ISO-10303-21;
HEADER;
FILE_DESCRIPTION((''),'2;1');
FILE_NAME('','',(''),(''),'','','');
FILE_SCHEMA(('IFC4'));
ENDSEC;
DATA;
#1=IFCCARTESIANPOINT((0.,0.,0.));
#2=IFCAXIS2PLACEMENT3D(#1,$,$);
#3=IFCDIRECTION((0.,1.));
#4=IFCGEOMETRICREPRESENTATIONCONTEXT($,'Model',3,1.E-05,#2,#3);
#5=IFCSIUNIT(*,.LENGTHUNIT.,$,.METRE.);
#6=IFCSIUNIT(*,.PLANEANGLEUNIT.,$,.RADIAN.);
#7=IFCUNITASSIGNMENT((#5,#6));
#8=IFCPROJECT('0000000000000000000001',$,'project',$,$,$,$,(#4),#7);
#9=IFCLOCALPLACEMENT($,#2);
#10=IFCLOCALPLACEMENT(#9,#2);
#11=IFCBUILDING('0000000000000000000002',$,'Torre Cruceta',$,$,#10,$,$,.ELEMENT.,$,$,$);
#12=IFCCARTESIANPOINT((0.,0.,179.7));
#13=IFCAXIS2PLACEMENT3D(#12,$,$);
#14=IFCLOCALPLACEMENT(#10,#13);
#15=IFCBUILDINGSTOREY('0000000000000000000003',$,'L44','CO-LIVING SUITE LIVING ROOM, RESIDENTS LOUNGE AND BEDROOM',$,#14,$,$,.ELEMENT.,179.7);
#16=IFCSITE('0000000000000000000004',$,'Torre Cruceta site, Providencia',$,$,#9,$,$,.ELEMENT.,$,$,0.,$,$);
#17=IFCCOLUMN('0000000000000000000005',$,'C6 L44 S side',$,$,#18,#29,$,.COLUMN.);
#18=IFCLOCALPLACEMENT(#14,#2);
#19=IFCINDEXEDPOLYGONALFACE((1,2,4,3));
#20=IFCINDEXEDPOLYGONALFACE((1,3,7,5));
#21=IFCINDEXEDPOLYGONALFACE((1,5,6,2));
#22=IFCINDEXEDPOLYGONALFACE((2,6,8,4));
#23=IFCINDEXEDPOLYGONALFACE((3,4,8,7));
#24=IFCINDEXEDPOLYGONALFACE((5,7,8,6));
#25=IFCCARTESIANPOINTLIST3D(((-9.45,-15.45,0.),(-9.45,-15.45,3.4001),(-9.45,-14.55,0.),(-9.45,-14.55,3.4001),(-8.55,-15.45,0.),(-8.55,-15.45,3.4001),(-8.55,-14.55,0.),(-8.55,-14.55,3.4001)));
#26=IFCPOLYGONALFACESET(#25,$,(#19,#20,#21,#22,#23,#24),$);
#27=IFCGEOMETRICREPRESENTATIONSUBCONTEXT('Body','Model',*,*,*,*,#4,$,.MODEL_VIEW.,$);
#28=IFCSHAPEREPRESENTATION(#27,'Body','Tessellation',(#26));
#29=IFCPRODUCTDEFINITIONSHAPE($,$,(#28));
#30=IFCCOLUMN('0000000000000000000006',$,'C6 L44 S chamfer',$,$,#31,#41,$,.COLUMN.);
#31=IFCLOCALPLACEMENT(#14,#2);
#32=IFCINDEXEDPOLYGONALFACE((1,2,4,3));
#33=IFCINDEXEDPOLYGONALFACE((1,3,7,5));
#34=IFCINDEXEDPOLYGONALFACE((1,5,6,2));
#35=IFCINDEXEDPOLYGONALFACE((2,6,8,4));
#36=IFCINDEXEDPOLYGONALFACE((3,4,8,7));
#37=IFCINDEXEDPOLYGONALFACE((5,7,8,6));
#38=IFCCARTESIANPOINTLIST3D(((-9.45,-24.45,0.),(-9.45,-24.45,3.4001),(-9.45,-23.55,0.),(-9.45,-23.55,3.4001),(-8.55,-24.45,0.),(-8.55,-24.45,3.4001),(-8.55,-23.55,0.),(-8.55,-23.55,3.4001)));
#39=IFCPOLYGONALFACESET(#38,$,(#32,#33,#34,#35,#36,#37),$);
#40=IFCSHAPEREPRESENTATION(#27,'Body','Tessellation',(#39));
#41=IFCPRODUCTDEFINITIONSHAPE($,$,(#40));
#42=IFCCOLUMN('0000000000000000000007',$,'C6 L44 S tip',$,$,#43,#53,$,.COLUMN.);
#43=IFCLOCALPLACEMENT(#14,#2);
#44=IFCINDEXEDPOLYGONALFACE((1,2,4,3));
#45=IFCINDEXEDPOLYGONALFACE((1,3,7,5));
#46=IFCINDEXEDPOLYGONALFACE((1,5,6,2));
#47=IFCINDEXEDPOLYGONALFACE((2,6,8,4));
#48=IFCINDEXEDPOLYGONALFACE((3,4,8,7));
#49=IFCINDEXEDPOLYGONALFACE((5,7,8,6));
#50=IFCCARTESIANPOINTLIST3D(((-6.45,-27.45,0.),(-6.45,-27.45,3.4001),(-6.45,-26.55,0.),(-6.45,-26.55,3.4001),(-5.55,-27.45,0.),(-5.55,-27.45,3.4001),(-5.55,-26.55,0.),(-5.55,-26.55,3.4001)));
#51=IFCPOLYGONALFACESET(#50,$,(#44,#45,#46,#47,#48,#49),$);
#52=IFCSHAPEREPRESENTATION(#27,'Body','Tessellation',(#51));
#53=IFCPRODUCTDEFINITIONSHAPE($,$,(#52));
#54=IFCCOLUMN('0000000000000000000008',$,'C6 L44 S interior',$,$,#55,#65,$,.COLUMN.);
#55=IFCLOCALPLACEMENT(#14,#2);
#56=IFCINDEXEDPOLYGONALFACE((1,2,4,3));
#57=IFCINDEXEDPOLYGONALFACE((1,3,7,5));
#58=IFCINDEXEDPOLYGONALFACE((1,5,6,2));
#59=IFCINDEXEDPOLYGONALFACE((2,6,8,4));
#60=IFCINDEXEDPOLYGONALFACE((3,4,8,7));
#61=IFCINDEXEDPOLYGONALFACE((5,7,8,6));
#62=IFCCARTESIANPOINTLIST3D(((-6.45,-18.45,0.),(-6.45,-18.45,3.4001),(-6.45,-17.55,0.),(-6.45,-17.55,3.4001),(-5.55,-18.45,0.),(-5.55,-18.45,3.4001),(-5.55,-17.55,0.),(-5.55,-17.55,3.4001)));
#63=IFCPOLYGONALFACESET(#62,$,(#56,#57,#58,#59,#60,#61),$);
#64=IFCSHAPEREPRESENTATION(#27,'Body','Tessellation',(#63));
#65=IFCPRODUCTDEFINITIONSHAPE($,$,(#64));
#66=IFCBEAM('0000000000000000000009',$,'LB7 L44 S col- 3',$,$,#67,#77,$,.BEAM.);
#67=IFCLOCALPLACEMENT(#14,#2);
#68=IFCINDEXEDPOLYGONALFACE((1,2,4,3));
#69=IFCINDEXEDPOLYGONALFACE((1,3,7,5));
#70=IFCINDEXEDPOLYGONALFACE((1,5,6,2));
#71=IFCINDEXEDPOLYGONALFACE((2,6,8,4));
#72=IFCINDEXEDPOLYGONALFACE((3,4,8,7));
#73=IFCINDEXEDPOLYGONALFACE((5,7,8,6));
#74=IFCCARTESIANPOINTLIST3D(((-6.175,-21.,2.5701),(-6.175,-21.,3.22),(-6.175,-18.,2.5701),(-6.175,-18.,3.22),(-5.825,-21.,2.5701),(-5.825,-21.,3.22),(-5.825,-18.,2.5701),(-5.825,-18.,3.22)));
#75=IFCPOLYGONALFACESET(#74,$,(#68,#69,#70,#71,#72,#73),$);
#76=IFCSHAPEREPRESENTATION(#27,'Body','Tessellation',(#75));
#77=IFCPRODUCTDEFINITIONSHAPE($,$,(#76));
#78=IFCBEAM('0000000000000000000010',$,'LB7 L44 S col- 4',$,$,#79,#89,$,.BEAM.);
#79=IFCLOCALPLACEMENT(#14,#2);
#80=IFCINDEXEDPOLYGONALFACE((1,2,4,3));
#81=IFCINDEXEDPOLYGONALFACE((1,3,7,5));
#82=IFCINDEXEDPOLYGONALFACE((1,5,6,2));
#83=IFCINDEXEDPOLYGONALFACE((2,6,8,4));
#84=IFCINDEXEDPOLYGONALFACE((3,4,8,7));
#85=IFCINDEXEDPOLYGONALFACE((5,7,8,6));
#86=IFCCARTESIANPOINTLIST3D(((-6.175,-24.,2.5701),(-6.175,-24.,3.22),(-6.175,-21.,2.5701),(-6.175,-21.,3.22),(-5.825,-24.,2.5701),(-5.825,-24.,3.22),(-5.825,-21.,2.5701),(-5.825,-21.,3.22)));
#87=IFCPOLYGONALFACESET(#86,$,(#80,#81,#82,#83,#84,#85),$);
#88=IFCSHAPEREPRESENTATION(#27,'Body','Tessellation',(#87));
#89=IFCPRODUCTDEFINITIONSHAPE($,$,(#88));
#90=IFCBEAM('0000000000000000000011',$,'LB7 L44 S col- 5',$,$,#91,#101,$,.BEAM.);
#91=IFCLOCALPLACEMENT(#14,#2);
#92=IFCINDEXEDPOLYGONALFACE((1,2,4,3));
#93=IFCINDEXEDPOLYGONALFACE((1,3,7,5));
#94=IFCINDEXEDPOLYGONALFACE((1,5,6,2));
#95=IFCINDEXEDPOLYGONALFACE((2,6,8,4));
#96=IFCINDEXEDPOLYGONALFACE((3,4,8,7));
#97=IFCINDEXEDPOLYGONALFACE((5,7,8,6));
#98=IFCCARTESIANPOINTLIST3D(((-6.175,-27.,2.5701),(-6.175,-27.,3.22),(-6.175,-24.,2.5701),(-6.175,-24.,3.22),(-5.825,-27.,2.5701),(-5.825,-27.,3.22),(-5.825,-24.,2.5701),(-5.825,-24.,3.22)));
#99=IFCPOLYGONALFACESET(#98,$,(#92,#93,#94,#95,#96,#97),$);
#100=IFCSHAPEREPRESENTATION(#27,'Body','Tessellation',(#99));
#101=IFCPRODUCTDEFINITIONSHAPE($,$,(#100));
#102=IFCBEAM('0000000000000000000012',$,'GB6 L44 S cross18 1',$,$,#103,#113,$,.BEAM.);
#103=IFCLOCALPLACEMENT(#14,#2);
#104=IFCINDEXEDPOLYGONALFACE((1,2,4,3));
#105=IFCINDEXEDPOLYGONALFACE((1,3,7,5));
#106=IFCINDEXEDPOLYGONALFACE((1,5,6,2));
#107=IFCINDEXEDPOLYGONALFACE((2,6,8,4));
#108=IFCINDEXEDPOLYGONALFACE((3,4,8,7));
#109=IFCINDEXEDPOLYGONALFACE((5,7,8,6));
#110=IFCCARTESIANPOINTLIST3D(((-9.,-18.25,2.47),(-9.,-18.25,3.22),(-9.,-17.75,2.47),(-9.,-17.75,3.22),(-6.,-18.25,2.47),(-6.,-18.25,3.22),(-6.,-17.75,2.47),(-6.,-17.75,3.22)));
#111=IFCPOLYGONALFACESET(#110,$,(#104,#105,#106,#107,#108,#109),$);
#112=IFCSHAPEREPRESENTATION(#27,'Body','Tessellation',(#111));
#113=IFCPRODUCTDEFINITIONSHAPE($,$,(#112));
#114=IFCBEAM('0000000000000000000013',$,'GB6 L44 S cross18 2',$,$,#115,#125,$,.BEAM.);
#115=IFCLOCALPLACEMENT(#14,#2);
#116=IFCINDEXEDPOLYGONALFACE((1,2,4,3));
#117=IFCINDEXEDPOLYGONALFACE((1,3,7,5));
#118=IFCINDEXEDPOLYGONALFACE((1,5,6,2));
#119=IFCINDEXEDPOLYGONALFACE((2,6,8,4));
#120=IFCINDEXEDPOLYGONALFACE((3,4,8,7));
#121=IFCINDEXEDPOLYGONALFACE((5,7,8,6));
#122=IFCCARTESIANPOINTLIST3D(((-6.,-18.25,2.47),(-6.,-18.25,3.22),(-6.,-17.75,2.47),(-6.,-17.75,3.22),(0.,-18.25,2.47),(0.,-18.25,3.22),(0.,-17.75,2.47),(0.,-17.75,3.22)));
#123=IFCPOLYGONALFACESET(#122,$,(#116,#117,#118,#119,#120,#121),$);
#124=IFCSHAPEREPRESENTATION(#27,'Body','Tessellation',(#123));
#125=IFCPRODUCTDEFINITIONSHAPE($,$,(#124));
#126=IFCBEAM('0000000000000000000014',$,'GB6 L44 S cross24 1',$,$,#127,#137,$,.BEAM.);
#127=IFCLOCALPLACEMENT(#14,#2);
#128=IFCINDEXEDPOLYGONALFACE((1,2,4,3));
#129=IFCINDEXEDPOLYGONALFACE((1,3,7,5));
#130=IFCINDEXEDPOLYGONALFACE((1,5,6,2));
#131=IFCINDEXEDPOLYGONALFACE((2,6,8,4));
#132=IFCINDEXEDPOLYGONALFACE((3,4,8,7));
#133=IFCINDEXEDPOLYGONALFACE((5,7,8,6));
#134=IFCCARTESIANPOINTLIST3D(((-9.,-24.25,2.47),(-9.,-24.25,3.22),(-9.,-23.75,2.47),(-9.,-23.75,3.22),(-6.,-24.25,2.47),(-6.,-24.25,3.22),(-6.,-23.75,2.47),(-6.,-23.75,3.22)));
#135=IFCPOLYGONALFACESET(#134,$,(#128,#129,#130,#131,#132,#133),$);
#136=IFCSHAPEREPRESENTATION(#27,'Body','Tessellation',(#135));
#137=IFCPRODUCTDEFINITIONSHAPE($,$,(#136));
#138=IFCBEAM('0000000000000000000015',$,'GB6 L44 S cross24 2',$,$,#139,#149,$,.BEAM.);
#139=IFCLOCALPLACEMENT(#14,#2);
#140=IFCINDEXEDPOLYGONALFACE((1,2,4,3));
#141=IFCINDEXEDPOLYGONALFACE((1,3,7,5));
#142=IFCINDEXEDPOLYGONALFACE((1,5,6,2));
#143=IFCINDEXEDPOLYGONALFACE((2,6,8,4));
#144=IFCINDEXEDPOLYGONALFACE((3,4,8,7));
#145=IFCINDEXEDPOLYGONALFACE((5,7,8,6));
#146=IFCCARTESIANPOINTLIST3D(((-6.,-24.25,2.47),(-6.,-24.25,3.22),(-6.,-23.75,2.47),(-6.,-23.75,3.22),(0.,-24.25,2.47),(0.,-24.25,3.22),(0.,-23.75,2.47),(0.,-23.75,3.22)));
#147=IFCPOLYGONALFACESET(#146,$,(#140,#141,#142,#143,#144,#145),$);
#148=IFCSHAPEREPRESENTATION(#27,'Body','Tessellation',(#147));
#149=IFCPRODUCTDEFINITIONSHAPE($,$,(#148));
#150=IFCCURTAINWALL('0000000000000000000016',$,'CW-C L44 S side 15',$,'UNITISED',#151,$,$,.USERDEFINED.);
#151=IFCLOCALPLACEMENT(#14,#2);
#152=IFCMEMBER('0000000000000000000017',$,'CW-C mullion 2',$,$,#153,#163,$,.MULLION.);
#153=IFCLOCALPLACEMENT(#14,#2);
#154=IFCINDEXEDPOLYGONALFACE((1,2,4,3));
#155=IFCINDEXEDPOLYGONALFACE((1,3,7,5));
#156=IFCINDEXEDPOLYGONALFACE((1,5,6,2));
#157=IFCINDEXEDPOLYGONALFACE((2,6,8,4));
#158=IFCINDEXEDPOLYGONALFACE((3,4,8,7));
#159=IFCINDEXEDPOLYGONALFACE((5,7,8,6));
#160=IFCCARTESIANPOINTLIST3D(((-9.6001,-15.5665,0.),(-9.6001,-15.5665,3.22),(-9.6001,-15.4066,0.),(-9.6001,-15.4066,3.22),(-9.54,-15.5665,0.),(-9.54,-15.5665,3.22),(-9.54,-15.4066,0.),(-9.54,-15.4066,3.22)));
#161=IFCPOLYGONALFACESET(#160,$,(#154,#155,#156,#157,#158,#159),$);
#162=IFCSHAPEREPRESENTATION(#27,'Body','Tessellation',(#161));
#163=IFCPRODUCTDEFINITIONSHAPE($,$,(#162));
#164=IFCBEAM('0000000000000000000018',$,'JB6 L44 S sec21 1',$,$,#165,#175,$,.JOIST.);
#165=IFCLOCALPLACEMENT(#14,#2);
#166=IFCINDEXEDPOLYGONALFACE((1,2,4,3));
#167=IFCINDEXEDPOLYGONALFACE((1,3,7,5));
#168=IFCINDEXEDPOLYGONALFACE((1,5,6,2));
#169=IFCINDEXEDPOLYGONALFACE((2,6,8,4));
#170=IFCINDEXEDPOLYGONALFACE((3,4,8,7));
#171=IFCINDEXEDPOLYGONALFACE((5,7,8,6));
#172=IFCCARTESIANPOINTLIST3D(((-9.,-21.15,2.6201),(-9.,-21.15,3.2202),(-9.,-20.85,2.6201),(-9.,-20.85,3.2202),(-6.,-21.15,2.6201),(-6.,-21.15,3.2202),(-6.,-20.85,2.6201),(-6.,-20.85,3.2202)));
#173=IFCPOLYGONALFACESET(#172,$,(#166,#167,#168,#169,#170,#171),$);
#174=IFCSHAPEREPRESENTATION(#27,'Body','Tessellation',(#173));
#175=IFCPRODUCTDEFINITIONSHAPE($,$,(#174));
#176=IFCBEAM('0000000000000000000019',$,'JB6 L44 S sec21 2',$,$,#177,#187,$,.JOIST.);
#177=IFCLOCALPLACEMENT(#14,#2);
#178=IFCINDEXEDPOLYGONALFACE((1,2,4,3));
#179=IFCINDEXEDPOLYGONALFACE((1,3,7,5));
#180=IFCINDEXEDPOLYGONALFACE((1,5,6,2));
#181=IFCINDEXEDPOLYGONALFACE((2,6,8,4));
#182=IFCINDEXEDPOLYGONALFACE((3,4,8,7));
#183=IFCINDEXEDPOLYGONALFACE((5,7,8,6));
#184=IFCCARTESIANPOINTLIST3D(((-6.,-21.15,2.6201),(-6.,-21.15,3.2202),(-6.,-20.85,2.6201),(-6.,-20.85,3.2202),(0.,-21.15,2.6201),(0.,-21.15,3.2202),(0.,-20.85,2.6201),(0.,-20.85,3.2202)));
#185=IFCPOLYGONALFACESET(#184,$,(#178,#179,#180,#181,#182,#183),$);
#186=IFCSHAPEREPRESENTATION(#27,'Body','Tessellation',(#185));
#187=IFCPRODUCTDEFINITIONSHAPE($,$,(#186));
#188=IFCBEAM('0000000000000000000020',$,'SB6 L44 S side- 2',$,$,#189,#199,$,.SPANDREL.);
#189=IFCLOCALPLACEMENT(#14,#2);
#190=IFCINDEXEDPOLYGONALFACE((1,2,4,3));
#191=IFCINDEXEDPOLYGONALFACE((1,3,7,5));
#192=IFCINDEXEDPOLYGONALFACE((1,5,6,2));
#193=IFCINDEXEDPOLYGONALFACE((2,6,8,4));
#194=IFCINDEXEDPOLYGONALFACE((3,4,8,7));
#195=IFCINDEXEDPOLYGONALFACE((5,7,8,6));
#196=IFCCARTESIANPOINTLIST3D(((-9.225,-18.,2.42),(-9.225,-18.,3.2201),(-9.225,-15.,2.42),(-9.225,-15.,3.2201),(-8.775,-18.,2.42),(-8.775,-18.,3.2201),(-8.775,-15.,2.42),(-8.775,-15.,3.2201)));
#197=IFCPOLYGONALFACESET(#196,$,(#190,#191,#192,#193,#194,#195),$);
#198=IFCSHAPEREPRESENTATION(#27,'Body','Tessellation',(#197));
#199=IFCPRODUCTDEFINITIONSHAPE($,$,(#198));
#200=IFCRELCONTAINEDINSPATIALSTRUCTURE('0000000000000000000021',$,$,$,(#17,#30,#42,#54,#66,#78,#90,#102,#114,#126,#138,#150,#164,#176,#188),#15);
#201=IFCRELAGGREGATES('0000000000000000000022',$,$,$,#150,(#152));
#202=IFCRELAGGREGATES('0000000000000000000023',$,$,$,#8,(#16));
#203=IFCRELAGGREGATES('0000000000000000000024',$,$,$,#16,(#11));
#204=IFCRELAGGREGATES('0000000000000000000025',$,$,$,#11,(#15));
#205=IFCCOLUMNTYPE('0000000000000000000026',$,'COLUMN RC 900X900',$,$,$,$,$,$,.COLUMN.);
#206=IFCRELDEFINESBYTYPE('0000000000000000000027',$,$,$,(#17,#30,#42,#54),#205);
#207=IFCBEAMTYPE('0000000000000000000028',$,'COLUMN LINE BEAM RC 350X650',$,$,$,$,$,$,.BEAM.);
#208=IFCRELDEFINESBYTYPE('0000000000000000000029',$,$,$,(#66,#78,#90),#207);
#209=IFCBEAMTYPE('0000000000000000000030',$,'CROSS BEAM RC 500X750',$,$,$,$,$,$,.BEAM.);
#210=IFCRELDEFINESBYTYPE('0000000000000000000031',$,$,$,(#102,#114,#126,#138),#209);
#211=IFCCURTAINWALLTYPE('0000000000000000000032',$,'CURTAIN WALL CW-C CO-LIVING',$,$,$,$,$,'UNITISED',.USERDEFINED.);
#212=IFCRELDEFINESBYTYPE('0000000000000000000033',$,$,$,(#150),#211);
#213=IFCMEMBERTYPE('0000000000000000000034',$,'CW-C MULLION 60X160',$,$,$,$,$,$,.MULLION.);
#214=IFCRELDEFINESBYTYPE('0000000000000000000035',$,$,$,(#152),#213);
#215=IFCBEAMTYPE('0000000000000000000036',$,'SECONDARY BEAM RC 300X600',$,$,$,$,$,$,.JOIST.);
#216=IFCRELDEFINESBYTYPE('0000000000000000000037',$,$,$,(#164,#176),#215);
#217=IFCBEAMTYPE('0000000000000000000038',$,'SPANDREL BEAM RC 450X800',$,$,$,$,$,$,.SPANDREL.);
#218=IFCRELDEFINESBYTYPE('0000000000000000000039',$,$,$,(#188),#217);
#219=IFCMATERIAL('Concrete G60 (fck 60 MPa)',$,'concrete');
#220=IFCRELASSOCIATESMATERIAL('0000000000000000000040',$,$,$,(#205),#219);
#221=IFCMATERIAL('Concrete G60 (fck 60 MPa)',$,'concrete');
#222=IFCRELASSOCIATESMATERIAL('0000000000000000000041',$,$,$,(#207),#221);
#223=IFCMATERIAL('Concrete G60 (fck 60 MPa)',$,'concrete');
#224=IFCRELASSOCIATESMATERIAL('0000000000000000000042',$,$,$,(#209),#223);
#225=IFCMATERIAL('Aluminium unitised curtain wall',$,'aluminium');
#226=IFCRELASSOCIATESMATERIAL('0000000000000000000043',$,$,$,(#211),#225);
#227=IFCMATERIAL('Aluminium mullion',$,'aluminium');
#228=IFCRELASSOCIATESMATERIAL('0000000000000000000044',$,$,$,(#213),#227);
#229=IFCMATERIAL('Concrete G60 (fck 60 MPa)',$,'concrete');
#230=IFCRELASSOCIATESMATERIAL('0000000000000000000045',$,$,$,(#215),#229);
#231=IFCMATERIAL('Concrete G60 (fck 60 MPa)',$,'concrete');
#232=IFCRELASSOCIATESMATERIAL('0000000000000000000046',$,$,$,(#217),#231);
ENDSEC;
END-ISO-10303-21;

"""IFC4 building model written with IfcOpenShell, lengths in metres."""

from ifc_helpers import new_model, si_unit, direction, frame, origin, origin_2d, place, context, subcontext, project, spatial, rectangle, extrude, material, material_profile, profile_set, type_object, element, aggregate, save


model = new_model("IFC4")

# Units and contexts
model_context = context("Model", 3, precision=1e-05, world=origin(), true_north=direction((0.0, 1.0)))
body_context = subcontext(model_context, "Body", "Model", "MODEL_VIEW")
ifc_project = project(units=[si_unit("LENGTHUNIT", "METRE"), si_unit("PLANEANGLEUNIT", "RADIAN")], contexts=[model_context])

# Site, building, storey
site_placement = place(None, origin())
site = spatial("IfcSite", under=ifc_project, at=site_placement, Name="Torre Cruceta site, Providencia", CompositionType="ELEMENT", RefElevation=0.0)
building_placement = place(site_placement, origin())
building = spatial("IfcBuilding", under=site, at=building_placement, Name="Torre Cruceta", CompositionType="ELEMENT")
storey_placement = place(building_placement, frame((0.0, 0.0, 179.7)))
storey = spatial("IfcBuildingStorey", under=building, at=storey_placement, Name="L44", Description="CO-LIVING SUITE LIVING ROOM, RESIDENTS LOUNGE AND BEDROOM", CompositionType="ELEMENT", Elevation=179.7)

# Columns
ifc_material_1 = material(Name="Concrete G60 (fck 60 MPa)", Category="concrete")
ifc_material_profile_1 = material_profile(ifc_material_1, rectangle(XDim=0.8999, YDim=0.8999, at=origin_2d()), Name="RC 900X900")
ifc_profile_set_1 = profile_set([ifc_material_profile_1], Name="Concrete G60 (fck 60 MPa)")
column_type = type_object("IfcColumnType", Name="COLUMN RC 900X900", PredefinedType="COLUMN", material=ifc_profile_set_1)
for number, where, z_axis, x_axis, name in (
    (1, (-9.0, -15.0, 0.0), (0.0, 0.0, 1.0), (1.0, 0.0, 0.0), "C6 L44 S side"),
    (2, (-9.0, -24.0, 0.0), (0.0, 0.0, 1.0), (1.0, 0.0, 0.0), "C6 L44 S chamfer"),
    (3, (-6.0, -27.0, 0.0), (0.0, 0.0, 1.0), (1.0, 0.0, 0.0), "C6 L44 S tip"),
    (4, (-6.0, -18.0, 0.0), (0.0, 0.0, 1.0), (1.0, 0.0, 0.0), "C6 L44 S interior"),
):
    element("IfcColumn", number, at=place(storey_placement, frame(where, z_axis=z_axis, x_axis=x_axis)), inside=storey, type_object=column_type, Name=name, PredefinedType="COLUMN", context=body_context, shape_type="SweptSolid", body=[
        extrude(rectangle(XDim=0.8999, YDim=0.8999, at=origin_2d()), origin(), (0.0, 0.0, 1.0), 3.4001),
    ])

# Beams
ifc_material_2 = material(Name="Concrete G60 (fck 60 MPa)", Category="concrete")
ifc_material_profile_2 = material_profile(ifc_material_2, rectangle(XDim=0.3501, YDim=0.6499, at=origin_2d()), Name="RC 350X650")
ifc_profile_set_2 = profile_set([ifc_material_profile_2], Name="Concrete G60 (fck 60 MPa)")
beam_type_1 = type_object("IfcBeamType", Name="COLUMN LINE BEAM RC 350X650", PredefinedType="BEAM", material=ifc_profile_set_2)
for number, where, z_axis, x_axis, name in (
    (5, (-6.0, -18.0, 2.895), (0.0, -1.0, 0.0), (1.0, 0.0, 0.0), "LB7 L44 S col- 3"),
    (6, (-6.0, -21.0, 2.895), (0.0, -1.0, 0.0), (1.0, 0.0, 0.0), "LB7 L44 S col- 4"),
    (7, (-6.0, -24.0, 2.895), (0.0, -1.0, 0.0), (1.0, 0.0, 0.0), "LB7 L44 S col- 5"),
):
    element("IfcBeam", number, at=place(storey_placement, frame(where, z_axis=z_axis, x_axis=x_axis)), inside=storey, type_object=beam_type_1, Name=name, PredefinedType="BEAM", context=body_context, shape_type="SweptSolid", body=[
        extrude(rectangle(XDim=0.3501, YDim=0.6499, at=origin_2d()), origin(), (0.0, 0.0, 1.0), 3.0),
    ])
ifc_material_3 = material(Name="Concrete G60 (fck 60 MPa)", Category="concrete")
ifc_material_profile_3 = material_profile(ifc_material_3, rectangle(XDim=0.5, YDim=0.75, at=origin_2d()), Name="RC 500X750")
ifc_profile_set_3 = profile_set([ifc_material_profile_3], Name="Concrete G60 (fck 60 MPa)")
beam_type_2 = type_object("IfcBeamType", Name="CROSS BEAM RC 500X750", PredefinedType="BEAM", material=ifc_profile_set_3)
beam_1_placement = place(storey_placement, frame((-9.0, -18.0, 2.845), z_axis=(1.0, 0.0, 0.0), x_axis=(0.0, 1.0, 0.0)))
element("IfcBeam", 8, at=beam_1_placement, inside=storey, type_object=beam_type_2, Name="GB6 L44 S cross18 1", PredefinedType="BEAM", context=body_context, shape_type="SweptSolid", body=[
    extrude(rectangle(XDim=0.5, YDim=0.75, at=origin_2d()), origin(), (0.0, 0.0, 1.0), 3.0),
])
beam_2_placement = place(storey_placement, frame((-6.0, -18.0, 2.845), z_axis=(1.0, 0.0, 0.0), x_axis=(0.0, 1.0, 0.0)))
element("IfcBeam", 9, at=beam_2_placement, inside=storey, type_object=beam_type_2, Name="GB6 L44 S cross18 2", PredefinedType="BEAM", context=body_context, shape_type="SweptSolid", body=[
    extrude(rectangle(XDim=0.5, YDim=0.75, at=origin_2d()), origin(), (0.0, 0.0, 1.0), 6.0),
])
beam_3_placement = place(storey_placement, frame((-9.0, -24.0, 2.845), z_axis=(1.0, 0.0, 0.0), x_axis=(0.0, 1.0, 0.0)))
element("IfcBeam", 10, at=beam_3_placement, inside=storey, type_object=beam_type_2, Name="GB6 L44 S cross24 1", PredefinedType="BEAM", context=body_context, shape_type="SweptSolid", body=[
    extrude(rectangle(XDim=0.5, YDim=0.75, at=origin_2d()), origin(), (0.0, 0.0, 1.0), 3.0),
])
beam_4_placement = place(storey_placement, frame((-6.0, -24.0, 2.845), z_axis=(1.0, 0.0, 0.0), x_axis=(0.0, 1.0, 0.0)))
element("IfcBeam", 11, at=beam_4_placement, inside=storey, type_object=beam_type_2, Name="GB6 L44 S cross24 2", PredefinedType="BEAM", context=body_context, shape_type="SweptSolid", body=[
    extrude(rectangle(XDim=0.5, YDim=0.75, at=origin_2d()), origin(), (0.0, 0.0, 1.0), 6.0),
])

# Curtain wall, member
ifc_material_4 = material(Name="Aluminium unitised curtain wall", Category="aluminium")
curtain_wall_type = type_object("IfcCurtainWallType", Name="CURTAIN WALL CW-C CO-LIVING", ElementType="UNITISED", PredefinedType="USERDEFINED", material=ifc_material_4)
curtain_wall_placement = place(storey_placement, origin())
curtain_wall = element("IfcCurtainWall", 12, at=curtain_wall_placement, inside=storey, type_object=curtain_wall_type, Name="CW-C L44 S side 15", ObjectType="UNITISED", PredefinedType="USERDEFINED")
ifc_material_5 = material(Name="Aluminium mullion", Category="aluminium")
ifc_material_profile_4 = material_profile(ifc_material_5, rectangle(XDim=0.0601, YDim=0.1599, at=origin_2d()), Name="AL 60X160")
ifc_profile_set_4 = profile_set([ifc_material_profile_4], Name="Aluminium mullion")
member_type = type_object("IfcMemberType", Name="CW-C MULLION 60X160", PredefinedType="MULLION", material=ifc_profile_set_4)
member_placement = place(storey_placement, frame((-9.5701, -15.4866, 0.0), z_axis=(0.0, 0.0, 1.0), x_axis=(1.0, 0.0, 0.0)))
member = element("IfcMember", 13, at=member_placement, type_object=member_type, Name="CW-C mullion 2", PredefinedType="MULLION", context=body_context, shape_type="SweptSolid", body=[
    extrude(rectangle(XDim=0.0601, YDim=0.1599, at=origin_2d()), origin(), (0.0, 0.0, 1.0), 3.22),
])
aggregate(curtain_wall, [member])

# Beams
ifc_material_6 = material(Name="Concrete G60 (fck 60 MPa)", Category="concrete")
ifc_material_profile_5 = material_profile(ifc_material_6, rectangle(XDim=0.3, YDim=0.6001, at=origin_2d()), Name="RC 300X600")
ifc_profile_set_5 = profile_set([ifc_material_profile_5], Name="Concrete G60 (fck 60 MPa)")
beam_type_3 = type_object("IfcBeamType", Name="SECONDARY BEAM RC 300X600", PredefinedType="JOIST", material=ifc_profile_set_5)
beam_5_placement = place(storey_placement, frame((-9.0, -21.0, 2.9202), z_axis=(1.0, 0.0, 0.0), x_axis=(0.0, 1.0, 0.0)))
element("IfcBeam", 14, at=beam_5_placement, inside=storey, type_object=beam_type_3, Name="JB6 L44 S sec21 1", PredefinedType="JOIST", context=body_context, shape_type="SweptSolid", body=[
    extrude(rectangle(XDim=0.3, YDim=0.6001, at=origin_2d()), origin(), (0.0, 0.0, 1.0), 3.0),
])
beam_6_placement = place(storey_placement, frame((-6.0, -21.0, 2.9202), z_axis=(1.0, 0.0, 0.0), x_axis=(0.0, 1.0, 0.0)))
element("IfcBeam", 15, at=beam_6_placement, inside=storey, type_object=beam_type_3, Name="JB6 L44 S sec21 2", PredefinedType="JOIST", context=body_context, shape_type="SweptSolid", body=[
    extrude(rectangle(XDim=0.3, YDim=0.6001, at=origin_2d()), origin(), (0.0, 0.0, 1.0), 6.0),
])
ifc_material_7 = material(Name="Concrete G60 (fck 60 MPa)", Category="concrete")
ifc_material_profile_6 = material_profile(ifc_material_7, rectangle(XDim=0.45, YDim=0.8, at=origin_2d()), Name="RC 450X800")
ifc_profile_set_6 = profile_set([ifc_material_profile_6], Name="Concrete G60 (fck 60 MPa)")
beam_type_4 = type_object("IfcBeamType", Name="SPANDREL BEAM RC 450X800", PredefinedType="SPANDREL", material=ifc_profile_set_6)
for number, where, z_axis, x_axis, name in (
    (16, (-9.0, -15.0, 2.8201), (0.0, -1.0, 0.0), (1.0, 0.0, 0.0), "SB6 L44 S side- 2"),
):
    element("IfcBeam", number, at=place(storey_placement, frame(where, z_axis=z_axis, x_axis=x_axis)), inside=storey, type_object=beam_type_4, Name=name, PredefinedType="SPANDREL", context=body_context, shape_type="SweptSolid", body=[
        extrude(rectangle(XDim=0.45, YDim=0.8, at=origin_2d()), origin(), (0.0, 0.0, 1.0), 3.0),
    ])

save(model, "model.ifc")
